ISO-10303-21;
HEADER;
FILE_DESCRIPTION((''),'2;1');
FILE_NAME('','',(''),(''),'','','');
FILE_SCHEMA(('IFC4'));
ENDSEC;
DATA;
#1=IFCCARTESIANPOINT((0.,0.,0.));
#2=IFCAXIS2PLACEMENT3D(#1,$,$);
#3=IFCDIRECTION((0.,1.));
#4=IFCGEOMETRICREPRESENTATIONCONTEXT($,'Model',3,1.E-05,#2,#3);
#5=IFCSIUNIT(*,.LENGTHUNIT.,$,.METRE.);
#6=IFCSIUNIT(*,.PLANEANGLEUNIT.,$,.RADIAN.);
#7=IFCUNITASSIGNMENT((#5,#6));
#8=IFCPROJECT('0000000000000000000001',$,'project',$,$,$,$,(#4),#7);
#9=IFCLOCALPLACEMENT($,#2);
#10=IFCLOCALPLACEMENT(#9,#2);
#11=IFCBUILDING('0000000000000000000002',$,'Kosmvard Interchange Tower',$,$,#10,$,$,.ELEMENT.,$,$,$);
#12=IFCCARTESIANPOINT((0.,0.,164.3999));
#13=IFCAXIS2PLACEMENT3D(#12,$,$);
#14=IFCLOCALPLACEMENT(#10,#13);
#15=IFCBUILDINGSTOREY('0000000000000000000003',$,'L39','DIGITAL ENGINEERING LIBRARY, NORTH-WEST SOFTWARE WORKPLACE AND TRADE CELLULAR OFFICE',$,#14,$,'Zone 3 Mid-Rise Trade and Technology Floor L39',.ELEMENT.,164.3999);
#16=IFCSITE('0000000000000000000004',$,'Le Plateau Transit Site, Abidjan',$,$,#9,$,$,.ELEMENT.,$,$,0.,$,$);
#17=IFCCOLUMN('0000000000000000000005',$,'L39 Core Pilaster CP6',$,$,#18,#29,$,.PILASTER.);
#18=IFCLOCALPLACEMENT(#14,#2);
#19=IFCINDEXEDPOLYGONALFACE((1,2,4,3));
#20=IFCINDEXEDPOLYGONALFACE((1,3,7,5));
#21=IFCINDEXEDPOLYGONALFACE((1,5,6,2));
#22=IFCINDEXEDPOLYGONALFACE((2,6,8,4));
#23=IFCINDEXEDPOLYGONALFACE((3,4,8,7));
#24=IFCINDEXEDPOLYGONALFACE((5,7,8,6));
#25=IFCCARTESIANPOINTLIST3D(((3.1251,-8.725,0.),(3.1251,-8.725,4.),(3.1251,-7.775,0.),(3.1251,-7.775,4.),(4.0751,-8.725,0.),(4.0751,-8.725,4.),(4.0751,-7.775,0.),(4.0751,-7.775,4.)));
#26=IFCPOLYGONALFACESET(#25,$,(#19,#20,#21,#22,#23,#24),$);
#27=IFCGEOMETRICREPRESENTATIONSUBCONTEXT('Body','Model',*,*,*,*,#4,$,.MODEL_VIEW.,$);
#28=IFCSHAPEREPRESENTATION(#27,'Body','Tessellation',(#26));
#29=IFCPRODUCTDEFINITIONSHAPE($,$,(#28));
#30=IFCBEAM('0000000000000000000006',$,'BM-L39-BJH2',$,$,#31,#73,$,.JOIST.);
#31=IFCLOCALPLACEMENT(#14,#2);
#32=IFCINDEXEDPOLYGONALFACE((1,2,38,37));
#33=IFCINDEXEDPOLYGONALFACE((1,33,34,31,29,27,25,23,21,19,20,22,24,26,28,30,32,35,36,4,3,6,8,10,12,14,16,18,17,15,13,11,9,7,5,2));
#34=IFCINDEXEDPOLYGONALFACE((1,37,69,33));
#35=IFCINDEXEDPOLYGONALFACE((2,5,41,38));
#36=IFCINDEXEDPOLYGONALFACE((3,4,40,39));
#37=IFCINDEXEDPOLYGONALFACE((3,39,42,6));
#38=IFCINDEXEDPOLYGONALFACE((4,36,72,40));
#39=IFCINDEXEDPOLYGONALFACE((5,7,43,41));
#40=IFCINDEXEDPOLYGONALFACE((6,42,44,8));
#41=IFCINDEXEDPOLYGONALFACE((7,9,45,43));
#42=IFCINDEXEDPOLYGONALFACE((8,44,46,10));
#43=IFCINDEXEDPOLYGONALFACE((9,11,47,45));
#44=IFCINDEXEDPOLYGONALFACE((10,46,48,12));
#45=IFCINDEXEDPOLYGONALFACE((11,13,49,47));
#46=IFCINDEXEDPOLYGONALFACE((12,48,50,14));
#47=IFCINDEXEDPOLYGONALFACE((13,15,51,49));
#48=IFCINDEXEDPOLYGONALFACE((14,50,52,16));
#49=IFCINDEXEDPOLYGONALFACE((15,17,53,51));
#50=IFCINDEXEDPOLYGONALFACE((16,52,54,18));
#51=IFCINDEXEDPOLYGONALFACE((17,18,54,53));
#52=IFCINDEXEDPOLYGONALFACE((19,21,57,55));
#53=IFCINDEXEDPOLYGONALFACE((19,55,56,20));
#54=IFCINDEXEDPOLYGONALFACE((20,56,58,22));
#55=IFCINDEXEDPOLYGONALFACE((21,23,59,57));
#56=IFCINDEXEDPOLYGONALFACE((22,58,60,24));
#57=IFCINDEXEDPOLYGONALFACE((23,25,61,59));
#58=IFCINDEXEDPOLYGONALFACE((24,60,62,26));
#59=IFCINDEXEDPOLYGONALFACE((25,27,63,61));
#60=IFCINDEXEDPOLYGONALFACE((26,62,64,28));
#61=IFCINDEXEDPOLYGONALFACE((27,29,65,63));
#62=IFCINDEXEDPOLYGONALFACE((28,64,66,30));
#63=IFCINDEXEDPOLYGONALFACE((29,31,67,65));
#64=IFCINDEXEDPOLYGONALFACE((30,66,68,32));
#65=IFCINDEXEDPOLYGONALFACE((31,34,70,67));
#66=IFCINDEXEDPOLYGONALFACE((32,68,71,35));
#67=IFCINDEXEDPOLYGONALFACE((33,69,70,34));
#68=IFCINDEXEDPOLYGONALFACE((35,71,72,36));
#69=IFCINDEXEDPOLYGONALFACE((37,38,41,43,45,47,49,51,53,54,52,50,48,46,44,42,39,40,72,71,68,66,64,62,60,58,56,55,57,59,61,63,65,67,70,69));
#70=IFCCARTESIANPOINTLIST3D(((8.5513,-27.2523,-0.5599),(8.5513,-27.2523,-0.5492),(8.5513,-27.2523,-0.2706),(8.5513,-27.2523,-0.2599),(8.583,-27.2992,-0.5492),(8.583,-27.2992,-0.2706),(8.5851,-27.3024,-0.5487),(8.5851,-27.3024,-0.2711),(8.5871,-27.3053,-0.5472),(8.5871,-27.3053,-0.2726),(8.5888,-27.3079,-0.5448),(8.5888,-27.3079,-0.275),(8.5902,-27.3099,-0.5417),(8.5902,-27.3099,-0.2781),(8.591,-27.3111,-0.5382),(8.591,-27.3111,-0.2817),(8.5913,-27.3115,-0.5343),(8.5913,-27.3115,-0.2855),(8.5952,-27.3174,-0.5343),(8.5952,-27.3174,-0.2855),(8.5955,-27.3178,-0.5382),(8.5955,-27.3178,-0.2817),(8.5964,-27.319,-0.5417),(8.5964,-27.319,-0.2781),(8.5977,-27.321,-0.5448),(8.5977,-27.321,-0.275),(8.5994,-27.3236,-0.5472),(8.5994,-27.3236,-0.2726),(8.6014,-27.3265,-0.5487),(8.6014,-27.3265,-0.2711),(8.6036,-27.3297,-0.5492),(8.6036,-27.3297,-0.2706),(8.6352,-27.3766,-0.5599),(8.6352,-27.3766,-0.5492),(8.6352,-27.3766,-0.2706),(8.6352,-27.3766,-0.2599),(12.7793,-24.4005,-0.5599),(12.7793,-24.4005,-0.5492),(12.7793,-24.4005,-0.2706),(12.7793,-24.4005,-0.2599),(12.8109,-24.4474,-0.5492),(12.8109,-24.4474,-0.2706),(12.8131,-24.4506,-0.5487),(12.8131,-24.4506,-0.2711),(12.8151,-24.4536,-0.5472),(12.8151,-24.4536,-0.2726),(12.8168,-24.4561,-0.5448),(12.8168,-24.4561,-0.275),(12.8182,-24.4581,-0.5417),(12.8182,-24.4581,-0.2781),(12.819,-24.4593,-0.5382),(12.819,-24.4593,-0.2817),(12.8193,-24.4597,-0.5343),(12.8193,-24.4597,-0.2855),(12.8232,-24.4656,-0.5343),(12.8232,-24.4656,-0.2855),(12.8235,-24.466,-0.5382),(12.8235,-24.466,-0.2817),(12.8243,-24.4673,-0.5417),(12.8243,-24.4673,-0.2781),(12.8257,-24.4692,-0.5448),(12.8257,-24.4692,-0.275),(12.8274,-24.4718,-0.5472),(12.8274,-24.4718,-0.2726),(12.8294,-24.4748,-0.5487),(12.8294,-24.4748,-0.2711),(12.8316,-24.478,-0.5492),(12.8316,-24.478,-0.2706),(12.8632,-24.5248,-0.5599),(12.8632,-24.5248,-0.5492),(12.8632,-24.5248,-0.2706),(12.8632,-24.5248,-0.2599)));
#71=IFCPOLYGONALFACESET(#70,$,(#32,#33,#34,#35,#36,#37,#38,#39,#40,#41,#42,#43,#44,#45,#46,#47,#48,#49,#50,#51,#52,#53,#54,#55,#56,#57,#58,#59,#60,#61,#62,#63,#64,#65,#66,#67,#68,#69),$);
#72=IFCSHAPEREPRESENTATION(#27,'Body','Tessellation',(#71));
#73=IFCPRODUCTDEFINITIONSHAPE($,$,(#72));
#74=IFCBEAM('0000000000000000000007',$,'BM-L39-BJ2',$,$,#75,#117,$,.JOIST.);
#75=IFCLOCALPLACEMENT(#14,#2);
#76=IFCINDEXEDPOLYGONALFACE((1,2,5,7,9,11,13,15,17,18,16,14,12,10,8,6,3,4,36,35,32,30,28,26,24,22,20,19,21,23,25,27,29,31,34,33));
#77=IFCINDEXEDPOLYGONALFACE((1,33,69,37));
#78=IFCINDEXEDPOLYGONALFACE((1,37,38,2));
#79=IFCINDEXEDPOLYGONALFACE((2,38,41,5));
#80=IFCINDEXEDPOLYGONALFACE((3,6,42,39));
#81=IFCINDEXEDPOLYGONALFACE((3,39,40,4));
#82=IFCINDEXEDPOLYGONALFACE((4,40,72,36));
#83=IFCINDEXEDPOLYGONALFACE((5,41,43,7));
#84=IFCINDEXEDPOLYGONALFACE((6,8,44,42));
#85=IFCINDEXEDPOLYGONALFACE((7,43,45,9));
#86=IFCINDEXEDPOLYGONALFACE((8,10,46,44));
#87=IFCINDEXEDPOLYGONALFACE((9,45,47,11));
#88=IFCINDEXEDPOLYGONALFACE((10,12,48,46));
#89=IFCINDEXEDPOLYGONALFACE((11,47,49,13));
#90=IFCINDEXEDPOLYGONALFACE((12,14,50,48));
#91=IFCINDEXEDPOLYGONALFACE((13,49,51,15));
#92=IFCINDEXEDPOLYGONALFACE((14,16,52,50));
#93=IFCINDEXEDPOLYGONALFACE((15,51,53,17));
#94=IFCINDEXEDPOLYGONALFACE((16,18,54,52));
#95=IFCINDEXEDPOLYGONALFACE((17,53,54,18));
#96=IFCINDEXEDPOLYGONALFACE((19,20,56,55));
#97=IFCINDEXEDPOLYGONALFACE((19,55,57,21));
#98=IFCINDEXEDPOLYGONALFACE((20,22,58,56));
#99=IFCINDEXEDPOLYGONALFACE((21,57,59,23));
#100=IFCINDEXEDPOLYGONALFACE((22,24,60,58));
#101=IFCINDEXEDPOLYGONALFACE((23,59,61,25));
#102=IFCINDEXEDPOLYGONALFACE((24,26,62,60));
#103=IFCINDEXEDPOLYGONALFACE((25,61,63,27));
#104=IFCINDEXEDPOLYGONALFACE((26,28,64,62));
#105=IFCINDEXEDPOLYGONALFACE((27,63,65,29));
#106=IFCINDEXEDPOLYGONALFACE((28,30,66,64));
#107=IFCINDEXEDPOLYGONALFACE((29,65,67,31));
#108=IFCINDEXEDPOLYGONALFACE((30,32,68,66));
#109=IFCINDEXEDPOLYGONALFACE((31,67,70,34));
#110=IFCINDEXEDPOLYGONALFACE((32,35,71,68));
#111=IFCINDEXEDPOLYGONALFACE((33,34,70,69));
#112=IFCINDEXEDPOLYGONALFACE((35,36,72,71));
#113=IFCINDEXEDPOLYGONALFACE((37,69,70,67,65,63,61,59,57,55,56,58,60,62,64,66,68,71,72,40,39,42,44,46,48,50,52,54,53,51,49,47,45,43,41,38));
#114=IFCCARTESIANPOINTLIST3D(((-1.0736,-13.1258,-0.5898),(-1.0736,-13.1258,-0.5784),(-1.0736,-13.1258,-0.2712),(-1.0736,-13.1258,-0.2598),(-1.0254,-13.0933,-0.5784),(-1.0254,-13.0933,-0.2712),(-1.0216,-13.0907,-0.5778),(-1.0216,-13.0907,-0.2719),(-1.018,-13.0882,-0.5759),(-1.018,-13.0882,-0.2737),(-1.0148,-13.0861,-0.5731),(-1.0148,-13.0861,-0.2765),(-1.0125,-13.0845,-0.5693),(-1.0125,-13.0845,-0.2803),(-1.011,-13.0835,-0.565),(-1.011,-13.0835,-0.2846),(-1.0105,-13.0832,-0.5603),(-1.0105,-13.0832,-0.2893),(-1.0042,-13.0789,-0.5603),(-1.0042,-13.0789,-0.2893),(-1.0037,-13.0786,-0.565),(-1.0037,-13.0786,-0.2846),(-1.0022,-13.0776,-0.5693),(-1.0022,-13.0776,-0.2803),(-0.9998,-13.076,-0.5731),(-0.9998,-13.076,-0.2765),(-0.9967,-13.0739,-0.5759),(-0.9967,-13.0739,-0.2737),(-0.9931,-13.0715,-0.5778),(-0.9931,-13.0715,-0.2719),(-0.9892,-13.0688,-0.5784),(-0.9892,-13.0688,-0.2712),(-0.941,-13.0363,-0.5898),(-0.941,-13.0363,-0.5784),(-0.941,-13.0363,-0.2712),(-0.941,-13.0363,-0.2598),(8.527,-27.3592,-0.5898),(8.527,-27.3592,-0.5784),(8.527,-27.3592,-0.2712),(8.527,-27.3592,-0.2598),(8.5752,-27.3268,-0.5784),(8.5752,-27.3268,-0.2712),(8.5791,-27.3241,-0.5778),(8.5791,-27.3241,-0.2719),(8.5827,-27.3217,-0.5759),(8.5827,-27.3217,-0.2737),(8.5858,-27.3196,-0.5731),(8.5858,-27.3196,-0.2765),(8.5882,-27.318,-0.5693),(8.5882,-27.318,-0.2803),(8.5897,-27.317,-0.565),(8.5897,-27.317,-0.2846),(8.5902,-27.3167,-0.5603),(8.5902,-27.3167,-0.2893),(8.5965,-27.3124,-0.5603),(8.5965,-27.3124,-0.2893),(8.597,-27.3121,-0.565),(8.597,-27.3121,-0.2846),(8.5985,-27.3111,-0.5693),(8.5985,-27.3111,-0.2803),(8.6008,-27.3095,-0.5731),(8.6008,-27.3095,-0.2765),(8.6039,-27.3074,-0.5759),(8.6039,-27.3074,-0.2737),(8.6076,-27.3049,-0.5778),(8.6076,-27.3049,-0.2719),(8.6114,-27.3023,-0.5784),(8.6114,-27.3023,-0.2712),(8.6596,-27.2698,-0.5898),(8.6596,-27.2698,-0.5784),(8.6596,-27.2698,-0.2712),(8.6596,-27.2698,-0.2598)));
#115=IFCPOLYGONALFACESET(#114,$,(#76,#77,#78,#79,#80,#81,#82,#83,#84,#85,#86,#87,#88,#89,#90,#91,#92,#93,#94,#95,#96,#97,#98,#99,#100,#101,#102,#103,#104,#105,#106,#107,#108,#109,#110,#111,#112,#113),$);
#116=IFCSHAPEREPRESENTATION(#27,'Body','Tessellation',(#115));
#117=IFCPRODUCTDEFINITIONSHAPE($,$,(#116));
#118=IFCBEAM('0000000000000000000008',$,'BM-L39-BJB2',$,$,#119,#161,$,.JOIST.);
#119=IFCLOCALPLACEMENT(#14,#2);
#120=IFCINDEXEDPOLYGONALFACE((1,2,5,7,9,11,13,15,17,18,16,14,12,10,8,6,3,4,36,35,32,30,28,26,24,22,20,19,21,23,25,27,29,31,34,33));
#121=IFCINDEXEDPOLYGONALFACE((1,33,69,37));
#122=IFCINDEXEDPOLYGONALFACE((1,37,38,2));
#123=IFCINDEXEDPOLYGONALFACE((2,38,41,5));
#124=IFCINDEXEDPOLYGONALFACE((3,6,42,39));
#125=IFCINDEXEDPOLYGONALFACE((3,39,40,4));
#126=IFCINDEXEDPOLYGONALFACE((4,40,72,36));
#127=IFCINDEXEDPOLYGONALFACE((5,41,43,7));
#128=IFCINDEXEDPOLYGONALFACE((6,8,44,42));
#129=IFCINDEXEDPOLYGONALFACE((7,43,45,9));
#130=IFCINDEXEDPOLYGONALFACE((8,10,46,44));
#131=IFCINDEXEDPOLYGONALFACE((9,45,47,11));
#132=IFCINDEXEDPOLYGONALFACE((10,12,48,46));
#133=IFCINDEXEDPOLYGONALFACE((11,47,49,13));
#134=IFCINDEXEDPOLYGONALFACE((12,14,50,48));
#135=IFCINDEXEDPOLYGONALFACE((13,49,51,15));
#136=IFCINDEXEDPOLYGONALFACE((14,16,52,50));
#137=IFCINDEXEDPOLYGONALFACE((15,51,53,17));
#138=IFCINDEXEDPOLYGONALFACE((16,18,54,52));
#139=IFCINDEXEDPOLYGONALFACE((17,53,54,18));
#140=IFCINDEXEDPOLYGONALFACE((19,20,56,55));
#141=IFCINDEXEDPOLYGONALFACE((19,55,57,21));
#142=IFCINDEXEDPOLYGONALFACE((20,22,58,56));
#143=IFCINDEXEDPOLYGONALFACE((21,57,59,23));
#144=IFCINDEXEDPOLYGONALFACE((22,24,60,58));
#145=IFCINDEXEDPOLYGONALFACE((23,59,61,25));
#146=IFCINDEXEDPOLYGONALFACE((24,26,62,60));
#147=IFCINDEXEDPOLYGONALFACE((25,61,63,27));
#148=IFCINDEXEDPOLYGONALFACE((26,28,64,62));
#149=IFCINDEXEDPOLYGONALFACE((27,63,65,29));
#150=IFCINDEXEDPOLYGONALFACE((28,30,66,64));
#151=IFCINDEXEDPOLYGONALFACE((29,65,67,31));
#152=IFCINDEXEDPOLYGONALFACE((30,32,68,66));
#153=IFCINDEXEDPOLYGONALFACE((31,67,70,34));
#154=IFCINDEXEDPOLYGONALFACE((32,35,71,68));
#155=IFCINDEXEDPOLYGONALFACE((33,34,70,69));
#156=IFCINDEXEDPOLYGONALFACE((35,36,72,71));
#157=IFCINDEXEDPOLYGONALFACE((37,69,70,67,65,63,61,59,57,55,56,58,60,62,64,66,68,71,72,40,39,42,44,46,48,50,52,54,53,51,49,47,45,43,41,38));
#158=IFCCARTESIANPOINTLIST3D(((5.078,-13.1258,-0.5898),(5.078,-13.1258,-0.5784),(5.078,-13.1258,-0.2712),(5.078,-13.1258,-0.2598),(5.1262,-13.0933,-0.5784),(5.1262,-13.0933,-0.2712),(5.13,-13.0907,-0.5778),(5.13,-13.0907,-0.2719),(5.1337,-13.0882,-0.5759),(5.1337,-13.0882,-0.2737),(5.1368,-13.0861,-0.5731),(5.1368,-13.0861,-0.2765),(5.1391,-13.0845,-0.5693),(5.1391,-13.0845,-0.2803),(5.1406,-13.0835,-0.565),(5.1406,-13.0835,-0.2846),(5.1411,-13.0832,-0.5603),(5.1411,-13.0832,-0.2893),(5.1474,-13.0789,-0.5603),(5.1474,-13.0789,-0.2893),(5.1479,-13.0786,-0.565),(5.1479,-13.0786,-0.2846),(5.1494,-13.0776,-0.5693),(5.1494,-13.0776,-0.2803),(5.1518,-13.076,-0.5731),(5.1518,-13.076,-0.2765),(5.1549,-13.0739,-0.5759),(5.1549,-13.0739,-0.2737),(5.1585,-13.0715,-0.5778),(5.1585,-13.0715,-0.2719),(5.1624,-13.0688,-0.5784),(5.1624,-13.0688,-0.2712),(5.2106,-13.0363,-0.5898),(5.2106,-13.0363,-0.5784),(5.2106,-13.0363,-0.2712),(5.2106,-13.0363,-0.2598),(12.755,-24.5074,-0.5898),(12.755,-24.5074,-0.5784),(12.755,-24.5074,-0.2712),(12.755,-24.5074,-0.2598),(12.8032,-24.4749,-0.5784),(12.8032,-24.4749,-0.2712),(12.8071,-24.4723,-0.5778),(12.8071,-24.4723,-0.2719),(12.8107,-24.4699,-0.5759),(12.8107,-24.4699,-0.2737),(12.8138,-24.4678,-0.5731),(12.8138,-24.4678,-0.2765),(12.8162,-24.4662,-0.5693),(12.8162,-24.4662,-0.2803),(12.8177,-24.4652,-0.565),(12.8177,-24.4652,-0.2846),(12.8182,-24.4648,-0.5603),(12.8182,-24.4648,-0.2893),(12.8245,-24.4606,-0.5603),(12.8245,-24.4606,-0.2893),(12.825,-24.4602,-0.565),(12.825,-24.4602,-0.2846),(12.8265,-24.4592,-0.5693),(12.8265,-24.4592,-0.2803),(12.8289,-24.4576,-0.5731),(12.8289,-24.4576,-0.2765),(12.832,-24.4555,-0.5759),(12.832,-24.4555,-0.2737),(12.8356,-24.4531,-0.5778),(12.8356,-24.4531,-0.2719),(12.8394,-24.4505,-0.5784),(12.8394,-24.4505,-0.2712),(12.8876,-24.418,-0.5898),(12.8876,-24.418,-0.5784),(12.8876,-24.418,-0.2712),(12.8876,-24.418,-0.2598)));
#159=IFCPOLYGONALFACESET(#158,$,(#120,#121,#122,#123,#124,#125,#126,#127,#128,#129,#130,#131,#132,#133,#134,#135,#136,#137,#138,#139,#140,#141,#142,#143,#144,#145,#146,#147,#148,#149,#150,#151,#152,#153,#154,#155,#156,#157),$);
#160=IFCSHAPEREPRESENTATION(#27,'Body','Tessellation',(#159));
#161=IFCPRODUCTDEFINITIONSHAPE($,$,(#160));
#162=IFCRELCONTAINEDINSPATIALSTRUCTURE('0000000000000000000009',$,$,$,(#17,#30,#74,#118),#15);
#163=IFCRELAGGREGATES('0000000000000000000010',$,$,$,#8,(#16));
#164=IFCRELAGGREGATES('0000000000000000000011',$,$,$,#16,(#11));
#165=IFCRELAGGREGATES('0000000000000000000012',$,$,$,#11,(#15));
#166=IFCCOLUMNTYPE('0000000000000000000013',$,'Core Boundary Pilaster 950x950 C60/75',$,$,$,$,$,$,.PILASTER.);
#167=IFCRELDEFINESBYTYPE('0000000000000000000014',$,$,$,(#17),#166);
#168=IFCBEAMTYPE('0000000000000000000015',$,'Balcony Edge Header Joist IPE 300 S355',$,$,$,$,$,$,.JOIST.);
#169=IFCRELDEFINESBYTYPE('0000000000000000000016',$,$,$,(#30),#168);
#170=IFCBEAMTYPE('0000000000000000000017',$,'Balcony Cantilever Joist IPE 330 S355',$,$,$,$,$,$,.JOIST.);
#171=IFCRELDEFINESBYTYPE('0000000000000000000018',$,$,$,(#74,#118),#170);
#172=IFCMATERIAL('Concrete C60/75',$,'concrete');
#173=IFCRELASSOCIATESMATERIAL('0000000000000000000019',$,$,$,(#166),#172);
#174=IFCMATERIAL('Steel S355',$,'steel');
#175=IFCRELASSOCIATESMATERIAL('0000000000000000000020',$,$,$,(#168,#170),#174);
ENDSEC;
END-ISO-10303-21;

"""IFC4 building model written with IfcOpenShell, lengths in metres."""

from ifc_helpers import new_model, si_unit, direction, frame, origin, origin_2d, place, context, subcontext, project, spatial, rectangle, i_section, extrude, source, transform, mapped, material, material_profile, profile_set, type_object, element, save


model = new_model("IFC4")

# Units and contexts
model_context = context("Model", 3, precision=1e-05, world=origin(), true_north=direction((0.0, 1.0)))
body_context = subcontext(model_context, "Body", "Model", "MODEL_VIEW")
ifc_project = project(units=[si_unit("LENGTHUNIT", "METRE"), si_unit("PLANEANGLEUNIT", "RADIAN")], contexts=[model_context])

# Site, building, storey
site_placement = place(None, origin())
site = spatial("IfcSite", under=ifc_project, at=site_placement, Name="Le Plateau Transit Site, Abidjan", CompositionType="ELEMENT", RefElevation=0.0)
building_placement = place(site_placement, origin())
building = spatial("IfcBuilding", under=site, at=building_placement, Name="Kosmvard Interchange Tower", CompositionType="ELEMENT")
storey_placement = place(building_placement, frame((0.0, 0.0, 164.3999)))
storey = spatial("IfcBuildingStorey", under=building, at=storey_placement, Name="L39", Description="DIGITAL ENGINEERING LIBRARY, NORTH-WEST SOFTWARE WORKPLACE AND TRADE CELLULAR OFFICE", LongName="Zone 3 Mid-Rise Trade and Technology Floor L39", CompositionType="ELEMENT", Elevation=164.3999)

# Column
ifc_material_1 = material(Name="Concrete C60/75", Category="concrete")
ifc_material_profile_1 = material_profile(ifc_material_1, rectangle(XDim=0.95, YDim=0.95, at=origin_2d()), Name="CP 950x950")
ifc_profile_set_1 = profile_set([ifc_material_profile_1], Name="Concrete C60/75")
column_type = type_object("IfcColumnType", Name="Core Boundary Pilaster 950x950 C60/75", PredefinedType="PILASTER", material=ifc_profile_set_1)
shared_shape_1 = source(origin(), body_context, "Body", "SweptSolid", [
    extrude(rectangle(XDim=0.95, YDim=0.95, at=origin_2d()), origin(), (0.0, 0.0, 1.0), 4.0),
])
column_placement = place(storey_placement, frame((3.6001, -8.25, 0.0), z_axis=(0.0, 0.0, 1.0), x_axis=(1.0, 0.0, 0.0)))
element("IfcColumn", 1, at=column_placement, inside=storey, type_object=column_type, Name="L39 Core Pilaster CP6", PredefinedType="PILASTER", context=body_context, shape_type="MappedRepresentation", body=[
    mapped(shared_shape_1, transform((0.0, 0.0, 0.0), scale=1.0)),
])

# Beams
ifc_material_2 = material(Name="Steel S355", Category="steel")
ifc_material_profile_2 = material_profile(ifc_material_2, i_section(OverallWidth=0.1499, OverallDepth=0.3, WebThickness=0.0071, FlangeThickness=0.0107, FilletRadius=0.0149, at=origin_2d()), Name="IPE 300")
ifc_profile_set_2 = profile_set([ifc_material_profile_2], Name="Steel S355")
beam_type_1 = type_object("IfcBeamType", Name="Balcony Edge Header Joist IPE 300 S355", PredefinedType="JOIST", material=ifc_profile_set_2)
shared_shape_2 = source(origin(), body_context, "Body", "SweptSolid", [
    extrude(i_section(OverallWidth=0.1499, OverallDepth=0.3, WebThickness=0.0071, FlangeThickness=0.0107, FilletRadius=0.0149, at=origin_2d()), origin(), (0.0, 0.0, 1.0), 5.0999),
])
beam_1_placement = place(storey_placement, frame((8.5933, -27.3145, -0.4099), z_axis=(0.829041, 0.559188, 0.0), x_axis=(-0.559188, 0.829041, 0.0)))
element("IfcBeam", 2, at=beam_1_placement, inside=storey, type_object=beam_type_1, Name="BM-L39-BJH2", PredefinedType="JOIST", context=body_context, shape_type="MappedRepresentation", body=[
    mapped(shared_shape_2, transform((0.0, 0.0, 0.0), scale=1.0)),
])
ifc_material_profile_3 = material_profile(ifc_material_2, i_section(OverallWidth=0.1599, OverallDepth=0.3301, WebThickness=0.0076, FlangeThickness=0.0115, FilletRadius=0.0181, at=origin_2d()), Name="IPE 330")
ifc_profile_set_3 = profile_set([ifc_material_profile_3], Name="Steel S355")
beam_type_2 = type_object("IfcBeamType", Name="Balcony Cantilever Joist IPE 330 S355", PredefinedType="JOIST", material=ifc_profile_set_3)
shared_shape_3 = source(origin(), body_context, "Body", "SweptSolid", [
    extrude(i_section(OverallWidth=0.1599, OverallDepth=0.3301, WebThickness=0.0076, FlangeThickness=0.0115, FilletRadius=0.0181, at=origin_2d()), origin(), (0.0, 0.0, 1.0), 17.1687),
])
beam_2_placement = place(storey_placement, frame((-1.0073, -13.0811, -0.4248), z_axis=(0.559194, -0.829037, 0.0), x_axis=(0.829037, 0.559194, 0.0)))
element("IfcBeam", 3, at=beam_2_placement, inside=storey, type_object=beam_type_2, Name="BM-L39-BJ2", PredefinedType="JOIST", context=body_context, shape_type="MappedRepresentation", body=[
    mapped(shared_shape_3, transform((0.0, 0.0, 0.0), scale=1.0)),
])
shared_shape_4 = source(origin(), body_context, "Body", "SweptSolid", [
    extrude(i_section(OverallWidth=0.1599, OverallDepth=0.3301, WebThickness=0.0076, FlangeThickness=0.0115, FilletRadius=0.0181, at=origin_2d()), origin(), (0.0, 0.0, 1.0), 13.7288),
])
beam_3_placement = place(storey_placement, frame((5.1443, -13.0811, -0.4248), z_axis=(0.559194, -0.829037, 0.0), x_axis=(0.829037, 0.559194, 0.0)))
element("IfcBeam", 4, at=beam_3_placement, inside=storey, type_object=beam_type_2, Name="BM-L39-BJB2", PredefinedType="JOIST", context=body_context, shape_type="MappedRepresentation", body=[
    mapped(shared_shape_4, transform((0.0, 0.0, 0.0), scale=1.0)),
])

save(model, "model.ifc")
